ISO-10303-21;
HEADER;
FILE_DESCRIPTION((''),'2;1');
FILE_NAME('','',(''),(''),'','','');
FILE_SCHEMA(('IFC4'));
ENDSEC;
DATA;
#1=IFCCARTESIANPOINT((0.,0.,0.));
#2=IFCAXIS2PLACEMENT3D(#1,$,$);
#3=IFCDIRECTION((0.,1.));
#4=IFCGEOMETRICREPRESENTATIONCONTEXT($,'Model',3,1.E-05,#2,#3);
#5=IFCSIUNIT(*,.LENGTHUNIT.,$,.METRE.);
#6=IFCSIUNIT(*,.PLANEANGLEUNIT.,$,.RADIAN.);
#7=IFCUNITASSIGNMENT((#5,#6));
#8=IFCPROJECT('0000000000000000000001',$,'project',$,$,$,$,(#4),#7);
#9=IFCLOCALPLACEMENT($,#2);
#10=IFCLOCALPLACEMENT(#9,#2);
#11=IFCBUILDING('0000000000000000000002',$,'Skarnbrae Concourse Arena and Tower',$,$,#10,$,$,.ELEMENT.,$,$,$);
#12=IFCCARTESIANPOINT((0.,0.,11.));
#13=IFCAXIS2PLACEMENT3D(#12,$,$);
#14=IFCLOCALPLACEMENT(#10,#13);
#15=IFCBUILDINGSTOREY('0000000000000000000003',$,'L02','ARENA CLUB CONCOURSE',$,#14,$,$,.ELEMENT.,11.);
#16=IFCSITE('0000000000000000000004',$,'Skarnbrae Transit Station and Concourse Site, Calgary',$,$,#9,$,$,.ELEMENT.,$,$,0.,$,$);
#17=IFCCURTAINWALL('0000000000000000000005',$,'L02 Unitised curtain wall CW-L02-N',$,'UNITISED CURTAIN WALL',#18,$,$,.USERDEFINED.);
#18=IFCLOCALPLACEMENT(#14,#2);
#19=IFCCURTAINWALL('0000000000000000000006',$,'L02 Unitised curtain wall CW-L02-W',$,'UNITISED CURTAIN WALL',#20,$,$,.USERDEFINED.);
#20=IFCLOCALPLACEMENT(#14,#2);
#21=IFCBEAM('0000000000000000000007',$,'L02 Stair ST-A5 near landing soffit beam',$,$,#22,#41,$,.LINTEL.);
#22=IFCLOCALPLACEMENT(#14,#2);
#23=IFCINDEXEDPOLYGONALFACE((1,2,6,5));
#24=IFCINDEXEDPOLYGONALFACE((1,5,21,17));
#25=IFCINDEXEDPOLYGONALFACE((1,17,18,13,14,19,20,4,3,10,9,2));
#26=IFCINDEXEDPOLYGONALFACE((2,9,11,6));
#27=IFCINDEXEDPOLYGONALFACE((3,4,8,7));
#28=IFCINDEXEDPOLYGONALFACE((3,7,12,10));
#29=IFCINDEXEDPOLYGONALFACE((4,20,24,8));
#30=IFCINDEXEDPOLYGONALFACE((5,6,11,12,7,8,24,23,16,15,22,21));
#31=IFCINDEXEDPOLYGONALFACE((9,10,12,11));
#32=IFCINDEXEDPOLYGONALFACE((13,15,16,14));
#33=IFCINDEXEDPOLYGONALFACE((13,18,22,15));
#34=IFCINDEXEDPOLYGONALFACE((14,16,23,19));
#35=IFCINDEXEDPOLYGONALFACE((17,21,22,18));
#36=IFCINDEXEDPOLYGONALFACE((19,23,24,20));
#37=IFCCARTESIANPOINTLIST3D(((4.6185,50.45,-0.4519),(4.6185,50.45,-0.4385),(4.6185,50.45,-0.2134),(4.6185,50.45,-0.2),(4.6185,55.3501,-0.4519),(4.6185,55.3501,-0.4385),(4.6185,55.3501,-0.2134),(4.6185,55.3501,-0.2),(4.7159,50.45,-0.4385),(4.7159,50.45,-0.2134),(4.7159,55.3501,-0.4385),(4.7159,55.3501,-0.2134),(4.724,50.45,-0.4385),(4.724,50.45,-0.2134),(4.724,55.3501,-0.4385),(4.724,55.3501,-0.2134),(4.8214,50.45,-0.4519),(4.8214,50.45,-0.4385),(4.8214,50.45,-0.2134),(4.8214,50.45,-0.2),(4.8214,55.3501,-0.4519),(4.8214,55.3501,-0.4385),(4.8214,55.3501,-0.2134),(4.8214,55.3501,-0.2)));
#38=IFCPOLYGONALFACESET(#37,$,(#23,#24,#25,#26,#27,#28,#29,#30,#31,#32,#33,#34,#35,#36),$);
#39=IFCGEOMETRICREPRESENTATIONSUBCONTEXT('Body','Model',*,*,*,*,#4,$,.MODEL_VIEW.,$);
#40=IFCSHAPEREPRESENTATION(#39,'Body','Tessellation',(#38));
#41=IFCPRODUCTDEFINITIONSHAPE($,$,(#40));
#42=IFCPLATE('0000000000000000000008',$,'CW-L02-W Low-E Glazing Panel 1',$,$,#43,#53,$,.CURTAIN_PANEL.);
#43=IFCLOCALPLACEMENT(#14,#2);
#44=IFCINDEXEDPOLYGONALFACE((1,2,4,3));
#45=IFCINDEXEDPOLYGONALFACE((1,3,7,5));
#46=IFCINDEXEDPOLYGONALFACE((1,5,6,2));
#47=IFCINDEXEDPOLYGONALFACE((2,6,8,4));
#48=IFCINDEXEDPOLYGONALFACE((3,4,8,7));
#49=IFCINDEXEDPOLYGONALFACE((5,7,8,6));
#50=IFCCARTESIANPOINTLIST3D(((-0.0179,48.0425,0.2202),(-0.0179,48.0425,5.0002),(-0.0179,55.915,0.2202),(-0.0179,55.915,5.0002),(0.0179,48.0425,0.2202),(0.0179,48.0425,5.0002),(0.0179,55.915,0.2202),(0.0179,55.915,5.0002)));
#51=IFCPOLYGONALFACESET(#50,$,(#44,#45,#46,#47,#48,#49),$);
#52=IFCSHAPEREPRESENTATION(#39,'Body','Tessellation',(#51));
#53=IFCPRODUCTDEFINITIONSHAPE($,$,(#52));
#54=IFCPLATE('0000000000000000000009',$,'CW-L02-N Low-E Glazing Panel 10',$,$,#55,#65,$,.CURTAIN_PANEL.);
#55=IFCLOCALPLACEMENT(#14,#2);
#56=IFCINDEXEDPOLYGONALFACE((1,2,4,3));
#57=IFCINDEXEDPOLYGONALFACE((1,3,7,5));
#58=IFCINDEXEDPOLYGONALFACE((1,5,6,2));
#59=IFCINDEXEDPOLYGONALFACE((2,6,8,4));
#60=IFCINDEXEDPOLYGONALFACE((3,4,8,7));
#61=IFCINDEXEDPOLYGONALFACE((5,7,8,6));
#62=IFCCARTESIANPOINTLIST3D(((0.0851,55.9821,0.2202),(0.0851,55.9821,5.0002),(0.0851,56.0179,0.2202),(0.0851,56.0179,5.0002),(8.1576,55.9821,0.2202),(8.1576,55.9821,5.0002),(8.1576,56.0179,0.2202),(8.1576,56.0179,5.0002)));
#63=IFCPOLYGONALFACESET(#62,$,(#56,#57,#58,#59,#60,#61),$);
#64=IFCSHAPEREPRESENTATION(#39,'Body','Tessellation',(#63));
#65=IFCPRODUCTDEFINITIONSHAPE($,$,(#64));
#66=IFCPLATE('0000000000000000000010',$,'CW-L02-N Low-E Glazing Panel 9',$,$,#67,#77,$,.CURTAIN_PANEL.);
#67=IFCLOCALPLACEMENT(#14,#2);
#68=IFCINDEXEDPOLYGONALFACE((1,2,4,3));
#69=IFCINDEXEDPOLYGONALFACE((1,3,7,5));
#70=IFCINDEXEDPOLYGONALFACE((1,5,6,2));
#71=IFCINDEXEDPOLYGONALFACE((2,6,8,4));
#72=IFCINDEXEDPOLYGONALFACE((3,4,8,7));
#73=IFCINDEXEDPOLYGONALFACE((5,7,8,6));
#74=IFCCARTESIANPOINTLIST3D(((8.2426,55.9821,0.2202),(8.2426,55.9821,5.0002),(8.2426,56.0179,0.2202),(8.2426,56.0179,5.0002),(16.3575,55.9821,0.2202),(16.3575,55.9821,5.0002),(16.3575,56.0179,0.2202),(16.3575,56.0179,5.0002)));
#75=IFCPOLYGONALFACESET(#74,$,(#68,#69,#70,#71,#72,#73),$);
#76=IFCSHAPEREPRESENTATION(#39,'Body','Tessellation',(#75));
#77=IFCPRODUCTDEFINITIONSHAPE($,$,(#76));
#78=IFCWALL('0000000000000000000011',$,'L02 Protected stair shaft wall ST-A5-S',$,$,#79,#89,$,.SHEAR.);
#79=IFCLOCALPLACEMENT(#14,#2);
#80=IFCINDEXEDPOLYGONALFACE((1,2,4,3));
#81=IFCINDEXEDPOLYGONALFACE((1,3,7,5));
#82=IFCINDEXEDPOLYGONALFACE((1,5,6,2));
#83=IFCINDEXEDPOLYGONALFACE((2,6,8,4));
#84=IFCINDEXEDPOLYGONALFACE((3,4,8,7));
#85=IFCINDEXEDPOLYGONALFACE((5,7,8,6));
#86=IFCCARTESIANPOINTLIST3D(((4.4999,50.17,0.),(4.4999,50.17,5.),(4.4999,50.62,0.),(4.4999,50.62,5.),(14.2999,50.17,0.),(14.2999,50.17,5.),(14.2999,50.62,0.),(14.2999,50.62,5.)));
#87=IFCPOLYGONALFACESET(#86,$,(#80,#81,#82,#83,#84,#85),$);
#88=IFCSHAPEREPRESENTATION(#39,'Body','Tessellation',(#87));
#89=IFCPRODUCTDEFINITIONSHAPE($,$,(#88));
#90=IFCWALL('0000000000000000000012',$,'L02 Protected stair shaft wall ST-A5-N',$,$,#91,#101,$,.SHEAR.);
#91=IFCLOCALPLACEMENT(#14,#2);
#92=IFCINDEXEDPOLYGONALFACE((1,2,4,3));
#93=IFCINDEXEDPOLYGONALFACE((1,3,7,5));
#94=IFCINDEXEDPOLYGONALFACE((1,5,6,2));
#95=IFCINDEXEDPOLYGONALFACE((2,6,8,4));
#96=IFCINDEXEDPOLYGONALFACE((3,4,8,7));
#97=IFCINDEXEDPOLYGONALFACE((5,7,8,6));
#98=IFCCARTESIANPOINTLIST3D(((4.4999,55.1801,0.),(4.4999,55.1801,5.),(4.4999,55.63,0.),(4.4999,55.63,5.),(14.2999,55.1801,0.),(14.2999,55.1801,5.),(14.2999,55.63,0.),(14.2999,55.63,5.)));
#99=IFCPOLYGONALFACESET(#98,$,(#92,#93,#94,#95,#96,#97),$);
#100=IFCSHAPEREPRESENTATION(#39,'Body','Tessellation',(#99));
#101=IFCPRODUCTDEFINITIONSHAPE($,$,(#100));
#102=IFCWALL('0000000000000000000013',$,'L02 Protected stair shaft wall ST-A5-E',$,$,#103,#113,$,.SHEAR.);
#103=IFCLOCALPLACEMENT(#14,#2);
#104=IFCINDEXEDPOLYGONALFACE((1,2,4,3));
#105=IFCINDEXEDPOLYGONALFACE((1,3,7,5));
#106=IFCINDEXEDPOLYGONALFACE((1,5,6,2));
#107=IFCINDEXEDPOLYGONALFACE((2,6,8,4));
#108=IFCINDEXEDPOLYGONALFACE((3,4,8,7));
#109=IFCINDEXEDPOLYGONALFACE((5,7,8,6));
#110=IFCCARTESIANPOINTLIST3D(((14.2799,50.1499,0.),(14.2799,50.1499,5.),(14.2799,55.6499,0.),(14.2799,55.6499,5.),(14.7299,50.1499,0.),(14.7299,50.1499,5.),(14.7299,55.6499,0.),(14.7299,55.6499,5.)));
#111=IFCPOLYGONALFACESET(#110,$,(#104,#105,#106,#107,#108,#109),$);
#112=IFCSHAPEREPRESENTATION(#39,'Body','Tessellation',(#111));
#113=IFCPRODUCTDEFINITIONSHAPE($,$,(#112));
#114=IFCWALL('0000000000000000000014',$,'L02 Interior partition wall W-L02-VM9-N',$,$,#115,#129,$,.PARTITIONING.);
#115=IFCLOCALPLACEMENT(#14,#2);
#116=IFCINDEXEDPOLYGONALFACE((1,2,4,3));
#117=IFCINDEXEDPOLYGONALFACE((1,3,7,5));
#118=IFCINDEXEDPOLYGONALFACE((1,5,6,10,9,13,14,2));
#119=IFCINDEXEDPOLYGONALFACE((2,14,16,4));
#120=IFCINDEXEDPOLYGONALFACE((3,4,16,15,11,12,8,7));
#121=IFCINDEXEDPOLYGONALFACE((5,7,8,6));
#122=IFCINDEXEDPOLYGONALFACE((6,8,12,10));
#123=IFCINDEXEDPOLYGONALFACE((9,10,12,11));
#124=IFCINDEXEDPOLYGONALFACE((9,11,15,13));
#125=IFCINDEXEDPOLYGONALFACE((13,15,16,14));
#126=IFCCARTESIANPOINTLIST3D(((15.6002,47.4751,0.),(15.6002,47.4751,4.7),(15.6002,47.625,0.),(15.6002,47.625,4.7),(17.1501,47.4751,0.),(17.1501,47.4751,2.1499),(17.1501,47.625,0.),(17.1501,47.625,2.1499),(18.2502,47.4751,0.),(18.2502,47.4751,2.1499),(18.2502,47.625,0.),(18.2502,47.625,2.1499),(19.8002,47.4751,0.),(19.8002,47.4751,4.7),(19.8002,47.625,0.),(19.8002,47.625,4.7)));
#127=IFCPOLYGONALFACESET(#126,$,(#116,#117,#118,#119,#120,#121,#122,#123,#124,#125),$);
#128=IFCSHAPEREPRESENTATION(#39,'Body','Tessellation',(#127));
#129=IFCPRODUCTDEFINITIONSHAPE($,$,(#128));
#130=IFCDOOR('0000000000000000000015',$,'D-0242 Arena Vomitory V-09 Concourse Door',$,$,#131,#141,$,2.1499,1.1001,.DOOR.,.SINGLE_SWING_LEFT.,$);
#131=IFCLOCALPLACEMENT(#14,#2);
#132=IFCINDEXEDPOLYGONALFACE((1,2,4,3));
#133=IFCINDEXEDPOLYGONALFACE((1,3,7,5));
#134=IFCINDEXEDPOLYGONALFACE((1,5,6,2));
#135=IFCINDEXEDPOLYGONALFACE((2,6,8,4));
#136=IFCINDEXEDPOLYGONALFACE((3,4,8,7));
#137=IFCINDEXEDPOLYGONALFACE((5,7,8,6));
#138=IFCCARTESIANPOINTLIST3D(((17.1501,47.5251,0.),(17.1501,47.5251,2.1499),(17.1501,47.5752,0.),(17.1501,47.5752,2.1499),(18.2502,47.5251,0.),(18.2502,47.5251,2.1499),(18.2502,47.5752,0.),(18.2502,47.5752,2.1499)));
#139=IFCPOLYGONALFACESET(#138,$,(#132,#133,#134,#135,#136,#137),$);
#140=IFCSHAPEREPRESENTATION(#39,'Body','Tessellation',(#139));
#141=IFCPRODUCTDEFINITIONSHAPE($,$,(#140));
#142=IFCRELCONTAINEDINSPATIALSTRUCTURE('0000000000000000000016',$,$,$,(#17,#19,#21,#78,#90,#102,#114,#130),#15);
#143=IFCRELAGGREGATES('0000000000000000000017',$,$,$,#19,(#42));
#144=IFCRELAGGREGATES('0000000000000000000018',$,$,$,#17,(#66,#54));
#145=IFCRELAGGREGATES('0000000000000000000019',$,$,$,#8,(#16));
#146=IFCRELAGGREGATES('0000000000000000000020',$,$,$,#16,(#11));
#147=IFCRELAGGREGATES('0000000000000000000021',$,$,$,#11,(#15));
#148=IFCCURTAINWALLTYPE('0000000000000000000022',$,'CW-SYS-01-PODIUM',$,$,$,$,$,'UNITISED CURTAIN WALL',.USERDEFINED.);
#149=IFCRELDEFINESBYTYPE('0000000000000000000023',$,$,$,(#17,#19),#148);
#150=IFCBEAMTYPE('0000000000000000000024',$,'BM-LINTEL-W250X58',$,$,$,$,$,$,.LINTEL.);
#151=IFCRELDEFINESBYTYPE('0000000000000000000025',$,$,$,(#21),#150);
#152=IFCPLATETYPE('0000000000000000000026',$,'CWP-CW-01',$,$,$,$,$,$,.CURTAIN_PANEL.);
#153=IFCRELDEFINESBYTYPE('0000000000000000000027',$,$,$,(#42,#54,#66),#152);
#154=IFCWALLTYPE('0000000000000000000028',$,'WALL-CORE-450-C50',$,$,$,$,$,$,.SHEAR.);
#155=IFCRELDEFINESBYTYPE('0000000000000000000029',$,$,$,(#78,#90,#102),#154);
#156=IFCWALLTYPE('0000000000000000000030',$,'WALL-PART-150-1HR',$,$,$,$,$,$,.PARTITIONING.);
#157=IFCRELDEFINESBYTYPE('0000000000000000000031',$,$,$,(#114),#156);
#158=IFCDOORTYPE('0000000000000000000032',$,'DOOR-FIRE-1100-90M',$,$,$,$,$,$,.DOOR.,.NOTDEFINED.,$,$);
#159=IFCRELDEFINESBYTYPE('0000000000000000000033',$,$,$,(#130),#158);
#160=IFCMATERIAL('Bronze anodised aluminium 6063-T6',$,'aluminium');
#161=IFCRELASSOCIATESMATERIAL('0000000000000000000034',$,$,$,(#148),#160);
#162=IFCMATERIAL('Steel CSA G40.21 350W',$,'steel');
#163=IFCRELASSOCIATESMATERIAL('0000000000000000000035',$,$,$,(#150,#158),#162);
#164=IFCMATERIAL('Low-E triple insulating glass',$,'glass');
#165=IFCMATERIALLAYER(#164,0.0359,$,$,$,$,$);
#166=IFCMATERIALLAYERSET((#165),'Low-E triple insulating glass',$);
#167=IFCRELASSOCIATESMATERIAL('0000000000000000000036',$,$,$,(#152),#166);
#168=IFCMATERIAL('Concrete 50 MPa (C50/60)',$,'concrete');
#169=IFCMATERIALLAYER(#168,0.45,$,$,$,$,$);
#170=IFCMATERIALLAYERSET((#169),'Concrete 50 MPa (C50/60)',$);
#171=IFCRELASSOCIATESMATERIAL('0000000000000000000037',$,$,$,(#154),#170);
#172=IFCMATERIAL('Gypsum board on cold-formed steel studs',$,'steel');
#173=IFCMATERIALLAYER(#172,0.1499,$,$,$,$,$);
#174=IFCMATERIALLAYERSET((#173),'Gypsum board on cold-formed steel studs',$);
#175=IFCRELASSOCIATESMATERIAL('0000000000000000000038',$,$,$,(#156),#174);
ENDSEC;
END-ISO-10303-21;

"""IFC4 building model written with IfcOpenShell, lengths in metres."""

from ifc_helpers import new_model, si_unit, direction, frame, frame_2d, origin, origin_2d, place, context, subcontext, project, spatial, rectangle, i_section, extrude, source, transform, mapped, material, layer, layer_set, material_profile, profile_set, type_object, element, fill, aggregate, save


model = new_model("IFC4")

# Units and contexts
model_context = context("Model", 3, precision=1e-05, world=origin(), true_north=direction((0.0, 1.0)))
body_context = subcontext(model_context, "Body", "Model", "MODEL_VIEW")
ifc_project = project(units=[si_unit("LENGTHUNIT", "METRE"), si_unit("PLANEANGLEUNIT", "RADIAN")], contexts=[model_context])

# Site, building, storey
site_placement = place(None, origin())
site = spatial("IfcSite", under=ifc_project, at=site_placement, Name="Skarnbrae Transit Station and Concourse Site, Calgary", CompositionType="ELEMENT", RefElevation=0.0)
building_placement = place(site_placement, origin())
building = spatial("IfcBuilding", under=site, at=building_placement, Name="Skarnbrae Concourse Arena and Tower", CompositionType="ELEMENT")
storey_placement = place(building_placement, frame((0.0, 0.0, 11.0)))
storey = spatial("IfcBuildingStorey", under=building, at=storey_placement, Name="L02", Description="ARENA CLUB CONCOURSE", CompositionType="ELEMENT", Elevation=11.0)

# Shared definitions
ifc_material_1 = material(Name="Steel CSA G40.21 350W", Category="steel")

# Curtain walls
ifc_material_2 = material(Name="Bronze anodised aluminium 6063-T6", Category="aluminium")
curtain_wall_type = type_object("IfcCurtainWallType", Name="CW-SYS-01-PODIUM", ElementType="UNITISED CURTAIN WALL", PredefinedType="USERDEFINED", material=ifc_material_2)
curtain_wall_1_placement = place(storey_placement, origin())
curtain_wall_1 = element("IfcCurtainWall", 1, at=curtain_wall_1_placement, inside=storey, type_object=curtain_wall_type, Name="L02 Unitised curtain wall CW-L02-N", ObjectType="UNITISED CURTAIN WALL", PredefinedType="USERDEFINED")
curtain_wall_2_placement = place(storey_placement, origin())
curtain_wall_2 = element("IfcCurtainWall", 2, at=curtain_wall_2_placement, inside=storey, type_object=curtain_wall_type, Name="L02 Unitised curtain wall CW-L02-W", ObjectType="UNITISED CURTAIN WALL", PredefinedType="USERDEFINED")

# Beam
ifc_material_profile_1 = material_profile(ifc_material_1, i_section(OverallWidth=0.2029, OverallDepth=0.252, WebThickness=0.0081, FlangeThickness=0.0134, at=origin_2d()), Name="W250X58")
ifc_profile_set_1 = profile_set([ifc_material_profile_1], Name="Steel CSA G40.21 350W")
beam_type_1 = type_object("IfcBeamType", Name="BM-LINTEL-W250X58", PredefinedType="LINTEL", material=ifc_profile_set_1)
shared_shape_1 = source(origin(), body_context, "Body", "SweptSolid", [
    extrude(i_section(OverallWidth=0.2029, OverallDepth=0.252, WebThickness=0.0081, FlangeThickness=0.0134, at=origin_2d()), origin(), (0.0, 0.0, 1.0), 4.9001),
])
beam_1_placement = place(storey_placement, frame((4.72, 50.45, -0.3259), z_axis=(0.0, 1.0, 0.0), x_axis=(-1.0, 0.0, 0.0)))
element("IfcBeam", 3, at=beam_1_placement, inside=storey, type_object=beam_type_1, Name="L02 Stair ST-A5 near landing soffit beam", PredefinedType="LINTEL", context=body_context, shape_type="MappedRepresentation", body=[
    mapped(shared_shape_1, transform((0.0, 0.0, 0.0))),
])

# Plates
ifc_material_3 = material(Name="Low-E triple insulating glass", Category="glass")
ifc_layer_1 = layer(ifc_material_3, 0.0359)
ifc_layer_set_1 = layer_set([ifc_layer_1], Name="Low-E triple insulating glass")
plate_type = type_object("IfcPlateType", Name="CWP-CW-01", PredefinedType="CURTAIN_PANEL", material=ifc_layer_set_1)
shared_shape_2 = source(origin(), body_context, "Body", "SweptSolid", [
    extrude(rectangle(XDim=7.8726, YDim=0.0359, at=origin_2d()), origin(), (0.0, 0.0, 1.0), 4.78),
])
plate_1_placement = place(storey_placement, frame((0.0, 51.9788, 0.2202), z_axis=(0.0, 0.0, 1.0), x_axis=(0.0, -1.0, 0.0)))
plate_1 = element("IfcPlate", 4, at=plate_1_placement, type_object=plate_type, Name="CW-L02-W Low-E Glazing Panel 1", PredefinedType="CURTAIN_PANEL", context=body_context, shape_type="MappedRepresentation", body=[
    mapped(shared_shape_2, transform((0.0, 0.0, 0.0))),
])
aggregate(curtain_wall_2, [plate_1])
shared_shape_3 = source(origin(), body_context, "Body", "SweptSolid", [
    extrude(rectangle(XDim=8.0725, YDim=0.0359, at=origin_2d()), origin(), (0.0, 0.0, 1.0), 4.78),
])
plate_2_placement = place(storey_placement, frame((4.1213, 56.0, 0.2202), z_axis=(0.0, 0.0, 1.0), x_axis=(-1.0, 0.0, 0.0)))
plate_2 = element("IfcPlate", 5, at=plate_2_placement, type_object=plate_type, Name="CW-L02-N Low-E Glazing Panel 10", PredefinedType="CURTAIN_PANEL", context=body_context, shape_type="MappedRepresentation", body=[
    mapped(shared_shape_3, transform((0.0, 0.0, 0.0))),
])
shared_shape_4 = source(origin(), body_context, "Body", "SweptSolid", [
    extrude(rectangle(XDim=8.115, YDim=0.0359, at=origin_2d()), origin(), (0.0, 0.0, 1.0), 4.78),
])
plate_3_placement = place(storey_placement, frame((12.3, 56.0, 0.2202), z_axis=(0.0, 0.0, 1.0), x_axis=(-1.0, 0.0, 0.0)))
plate_3 = element("IfcPlate", 6, at=plate_3_placement, type_object=plate_type, Name="CW-L02-N Low-E Glazing Panel 9", PredefinedType="CURTAIN_PANEL", context=body_context, shape_type="MappedRepresentation", body=[
    mapped(shared_shape_4, transform((0.0, 0.0, 0.0))),
])
aggregate(curtain_wall_1, [plate_3, plate_2])

# Walls
ifc_material_4 = material(Name="Concrete 50 MPa (C50/60)", Category="concrete")
ifc_layer_2 = layer(ifc_material_4, 0.45)
ifc_layer_set_2 = layer_set([ifc_layer_2], Name="Concrete 50 MPa (C50/60)")
wall_type_1 = type_object("IfcWallType", Name="WALL-CORE-450-C50", PredefinedType="SHEAR", material=ifc_layer_set_2)
shared_shape_5 = source(origin(), body_context, "Body", "SweptSolid", [
    extrude(rectangle(XDim=9.8, YDim=0.45, at=frame_2d((4.8999, 0.0))), origin(), (0.0, 0.0, 1.0), 5.0),
])
for number, where, z_axis, x_axis, name in (
    (7, (4.5, 50.395, 0.0), (0.0, 0.0, 1.0), (1.0, 0.0, 0.0), "L02 Protected stair shaft wall ST-A5-S"),
    (8, (4.5, 55.405, 0.0), (0.0, 0.0, 1.0), (1.0, 0.0, 0.0), "L02 Protected stair shaft wall ST-A5-N"),
):
    element("IfcWall", number, at=place(storey_placement, frame(where, z_axis=z_axis, x_axis=x_axis)), inside=storey, type_object=wall_type_1, Name=name, PredefinedType="SHEAR", context=body_context, shape_type="MappedRepresentation", body=[
        mapped(shared_shape_5, transform((0.0, 0.0, 0.0))),
    ])

# Shared definitions
shared_shape_6 = source(origin(), body_context, "Body", "SweptSolid", [
    extrude(rectangle(XDim=5.5, YDim=0.45, at=frame_2d((2.75, 0.0))), origin(), (0.0, 0.0, 1.0), 5.0),
])
door_type = type_object("IfcDoorType", Name="DOOR-FIRE-1100-90M", OperationType="NOTDEFINED", PredefinedType="DOOR", material=ifc_material_1)
shared_shape_7 = source(origin(), body_context, "Body", "SweptSolid", [
    extrude(rectangle(XDim=1.1001, YDim=2.1499, at=frame_2d((0.55, 1.075))), frame((0.0, 0.0249, 0.0), z_axis=(0.0, -1.0, 0.0), x_axis=(1.0, 0.0, 0.0)), (0.0, 0.0, 1.0), 0.05),
])

# Wall
wall_1_placement = place(storey_placement, frame((14.5049, 50.1499, 0.0), z_axis=(0.0, 0.0, 1.0), x_axis=(0.0, 1.0, 0.0)))
element("IfcWall", 9, at=wall_1_placement, inside=storey, type_object=wall_type_1, Name="L02 Protected stair shaft wall ST-A5-E", PredefinedType="SHEAR", context=body_context, shape_type="MappedRepresentation", body=[
    mapped(shared_shape_6, transform((0.0, 0.0, 0.0))),
])

# Wall, opening, door
ifc_material_5 = material(Name="Gypsum board on cold-formed steel studs", Category="steel")
ifc_layer_3 = layer(ifc_material_5, 0.1499)
ifc_layer_set_3 = layer_set([ifc_layer_3], Name="Gypsum board on cold-formed steel studs")
wall_type_2 = type_object("IfcWallType", Name="WALL-PART-150-1HR", PredefinedType="PARTITIONING", material=ifc_layer_set_3)
shared_shape_8 = source(origin(), body_context, "Body", "SweptSolid", [
    extrude(rectangle(XDim=4.2, YDim=0.1499, at=frame_2d((2.1001, 0.0))), origin(), (0.0, 0.0, 1.0), 4.7),
])
wall_2_placement = place(storey_placement, frame((15.6001, 47.55, 0.0), z_axis=(0.0, 0.0, 1.0), x_axis=(1.0, 0.0, 0.0)))
wall_2 = element("IfcWall", 10, at=wall_2_placement, inside=storey, type_object=wall_type_2, Name="L02 Interior partition wall W-L02-VM9-N", PredefinedType="PARTITIONING", context=body_context, shape_type="MappedRepresentation", body=[
    mapped(shared_shape_8, transform((0.0, 0.0, 0.0))),
])
opening_1_placement = place(wall_2_placement, frame((1.55, 0.0, 0.0)))
opening_1 = element("IfcOpeningElement", 11, at=opening_1_placement, cuts=wall_2, PredefinedType="OPENING", context=body_context, shape_type="SweptSolid", body=[
    extrude(rectangle(XDim=1.1001, YDim=2.1499, at=frame_2d((0.55, 1.075))), frame((0.0, 0.085, 0.0), z_axis=(0.0, -1.0, 0.0), x_axis=(1.0, 0.0, 0.0)), (0.0, 0.0, 1.0), 0.1699),
])
door_1_placement = place(opening_1_placement, frame((1.1001, 0.0, 0.0), z_axis=(0.0, 0.0, 1.0), x_axis=(-1.0, 0.0, 0.0)))
door_1 = element("IfcDoor", 12, at=door_1_placement, inside=storey, type_object=door_type, Name="D-0242 Arena Vomitory V-09 Concourse Door", OperationType="SINGLE_SWING_LEFT", OverallHeight=2.1499, OverallWidth=1.1001, PredefinedType="DOOR", context=body_context, shape_type="MappedRepresentation", body=[
    mapped(shared_shape_7, transform((0.0, 0.0, 0.0))),
])
fill(opening_1, door_1)

save(model, "model.ifc")
